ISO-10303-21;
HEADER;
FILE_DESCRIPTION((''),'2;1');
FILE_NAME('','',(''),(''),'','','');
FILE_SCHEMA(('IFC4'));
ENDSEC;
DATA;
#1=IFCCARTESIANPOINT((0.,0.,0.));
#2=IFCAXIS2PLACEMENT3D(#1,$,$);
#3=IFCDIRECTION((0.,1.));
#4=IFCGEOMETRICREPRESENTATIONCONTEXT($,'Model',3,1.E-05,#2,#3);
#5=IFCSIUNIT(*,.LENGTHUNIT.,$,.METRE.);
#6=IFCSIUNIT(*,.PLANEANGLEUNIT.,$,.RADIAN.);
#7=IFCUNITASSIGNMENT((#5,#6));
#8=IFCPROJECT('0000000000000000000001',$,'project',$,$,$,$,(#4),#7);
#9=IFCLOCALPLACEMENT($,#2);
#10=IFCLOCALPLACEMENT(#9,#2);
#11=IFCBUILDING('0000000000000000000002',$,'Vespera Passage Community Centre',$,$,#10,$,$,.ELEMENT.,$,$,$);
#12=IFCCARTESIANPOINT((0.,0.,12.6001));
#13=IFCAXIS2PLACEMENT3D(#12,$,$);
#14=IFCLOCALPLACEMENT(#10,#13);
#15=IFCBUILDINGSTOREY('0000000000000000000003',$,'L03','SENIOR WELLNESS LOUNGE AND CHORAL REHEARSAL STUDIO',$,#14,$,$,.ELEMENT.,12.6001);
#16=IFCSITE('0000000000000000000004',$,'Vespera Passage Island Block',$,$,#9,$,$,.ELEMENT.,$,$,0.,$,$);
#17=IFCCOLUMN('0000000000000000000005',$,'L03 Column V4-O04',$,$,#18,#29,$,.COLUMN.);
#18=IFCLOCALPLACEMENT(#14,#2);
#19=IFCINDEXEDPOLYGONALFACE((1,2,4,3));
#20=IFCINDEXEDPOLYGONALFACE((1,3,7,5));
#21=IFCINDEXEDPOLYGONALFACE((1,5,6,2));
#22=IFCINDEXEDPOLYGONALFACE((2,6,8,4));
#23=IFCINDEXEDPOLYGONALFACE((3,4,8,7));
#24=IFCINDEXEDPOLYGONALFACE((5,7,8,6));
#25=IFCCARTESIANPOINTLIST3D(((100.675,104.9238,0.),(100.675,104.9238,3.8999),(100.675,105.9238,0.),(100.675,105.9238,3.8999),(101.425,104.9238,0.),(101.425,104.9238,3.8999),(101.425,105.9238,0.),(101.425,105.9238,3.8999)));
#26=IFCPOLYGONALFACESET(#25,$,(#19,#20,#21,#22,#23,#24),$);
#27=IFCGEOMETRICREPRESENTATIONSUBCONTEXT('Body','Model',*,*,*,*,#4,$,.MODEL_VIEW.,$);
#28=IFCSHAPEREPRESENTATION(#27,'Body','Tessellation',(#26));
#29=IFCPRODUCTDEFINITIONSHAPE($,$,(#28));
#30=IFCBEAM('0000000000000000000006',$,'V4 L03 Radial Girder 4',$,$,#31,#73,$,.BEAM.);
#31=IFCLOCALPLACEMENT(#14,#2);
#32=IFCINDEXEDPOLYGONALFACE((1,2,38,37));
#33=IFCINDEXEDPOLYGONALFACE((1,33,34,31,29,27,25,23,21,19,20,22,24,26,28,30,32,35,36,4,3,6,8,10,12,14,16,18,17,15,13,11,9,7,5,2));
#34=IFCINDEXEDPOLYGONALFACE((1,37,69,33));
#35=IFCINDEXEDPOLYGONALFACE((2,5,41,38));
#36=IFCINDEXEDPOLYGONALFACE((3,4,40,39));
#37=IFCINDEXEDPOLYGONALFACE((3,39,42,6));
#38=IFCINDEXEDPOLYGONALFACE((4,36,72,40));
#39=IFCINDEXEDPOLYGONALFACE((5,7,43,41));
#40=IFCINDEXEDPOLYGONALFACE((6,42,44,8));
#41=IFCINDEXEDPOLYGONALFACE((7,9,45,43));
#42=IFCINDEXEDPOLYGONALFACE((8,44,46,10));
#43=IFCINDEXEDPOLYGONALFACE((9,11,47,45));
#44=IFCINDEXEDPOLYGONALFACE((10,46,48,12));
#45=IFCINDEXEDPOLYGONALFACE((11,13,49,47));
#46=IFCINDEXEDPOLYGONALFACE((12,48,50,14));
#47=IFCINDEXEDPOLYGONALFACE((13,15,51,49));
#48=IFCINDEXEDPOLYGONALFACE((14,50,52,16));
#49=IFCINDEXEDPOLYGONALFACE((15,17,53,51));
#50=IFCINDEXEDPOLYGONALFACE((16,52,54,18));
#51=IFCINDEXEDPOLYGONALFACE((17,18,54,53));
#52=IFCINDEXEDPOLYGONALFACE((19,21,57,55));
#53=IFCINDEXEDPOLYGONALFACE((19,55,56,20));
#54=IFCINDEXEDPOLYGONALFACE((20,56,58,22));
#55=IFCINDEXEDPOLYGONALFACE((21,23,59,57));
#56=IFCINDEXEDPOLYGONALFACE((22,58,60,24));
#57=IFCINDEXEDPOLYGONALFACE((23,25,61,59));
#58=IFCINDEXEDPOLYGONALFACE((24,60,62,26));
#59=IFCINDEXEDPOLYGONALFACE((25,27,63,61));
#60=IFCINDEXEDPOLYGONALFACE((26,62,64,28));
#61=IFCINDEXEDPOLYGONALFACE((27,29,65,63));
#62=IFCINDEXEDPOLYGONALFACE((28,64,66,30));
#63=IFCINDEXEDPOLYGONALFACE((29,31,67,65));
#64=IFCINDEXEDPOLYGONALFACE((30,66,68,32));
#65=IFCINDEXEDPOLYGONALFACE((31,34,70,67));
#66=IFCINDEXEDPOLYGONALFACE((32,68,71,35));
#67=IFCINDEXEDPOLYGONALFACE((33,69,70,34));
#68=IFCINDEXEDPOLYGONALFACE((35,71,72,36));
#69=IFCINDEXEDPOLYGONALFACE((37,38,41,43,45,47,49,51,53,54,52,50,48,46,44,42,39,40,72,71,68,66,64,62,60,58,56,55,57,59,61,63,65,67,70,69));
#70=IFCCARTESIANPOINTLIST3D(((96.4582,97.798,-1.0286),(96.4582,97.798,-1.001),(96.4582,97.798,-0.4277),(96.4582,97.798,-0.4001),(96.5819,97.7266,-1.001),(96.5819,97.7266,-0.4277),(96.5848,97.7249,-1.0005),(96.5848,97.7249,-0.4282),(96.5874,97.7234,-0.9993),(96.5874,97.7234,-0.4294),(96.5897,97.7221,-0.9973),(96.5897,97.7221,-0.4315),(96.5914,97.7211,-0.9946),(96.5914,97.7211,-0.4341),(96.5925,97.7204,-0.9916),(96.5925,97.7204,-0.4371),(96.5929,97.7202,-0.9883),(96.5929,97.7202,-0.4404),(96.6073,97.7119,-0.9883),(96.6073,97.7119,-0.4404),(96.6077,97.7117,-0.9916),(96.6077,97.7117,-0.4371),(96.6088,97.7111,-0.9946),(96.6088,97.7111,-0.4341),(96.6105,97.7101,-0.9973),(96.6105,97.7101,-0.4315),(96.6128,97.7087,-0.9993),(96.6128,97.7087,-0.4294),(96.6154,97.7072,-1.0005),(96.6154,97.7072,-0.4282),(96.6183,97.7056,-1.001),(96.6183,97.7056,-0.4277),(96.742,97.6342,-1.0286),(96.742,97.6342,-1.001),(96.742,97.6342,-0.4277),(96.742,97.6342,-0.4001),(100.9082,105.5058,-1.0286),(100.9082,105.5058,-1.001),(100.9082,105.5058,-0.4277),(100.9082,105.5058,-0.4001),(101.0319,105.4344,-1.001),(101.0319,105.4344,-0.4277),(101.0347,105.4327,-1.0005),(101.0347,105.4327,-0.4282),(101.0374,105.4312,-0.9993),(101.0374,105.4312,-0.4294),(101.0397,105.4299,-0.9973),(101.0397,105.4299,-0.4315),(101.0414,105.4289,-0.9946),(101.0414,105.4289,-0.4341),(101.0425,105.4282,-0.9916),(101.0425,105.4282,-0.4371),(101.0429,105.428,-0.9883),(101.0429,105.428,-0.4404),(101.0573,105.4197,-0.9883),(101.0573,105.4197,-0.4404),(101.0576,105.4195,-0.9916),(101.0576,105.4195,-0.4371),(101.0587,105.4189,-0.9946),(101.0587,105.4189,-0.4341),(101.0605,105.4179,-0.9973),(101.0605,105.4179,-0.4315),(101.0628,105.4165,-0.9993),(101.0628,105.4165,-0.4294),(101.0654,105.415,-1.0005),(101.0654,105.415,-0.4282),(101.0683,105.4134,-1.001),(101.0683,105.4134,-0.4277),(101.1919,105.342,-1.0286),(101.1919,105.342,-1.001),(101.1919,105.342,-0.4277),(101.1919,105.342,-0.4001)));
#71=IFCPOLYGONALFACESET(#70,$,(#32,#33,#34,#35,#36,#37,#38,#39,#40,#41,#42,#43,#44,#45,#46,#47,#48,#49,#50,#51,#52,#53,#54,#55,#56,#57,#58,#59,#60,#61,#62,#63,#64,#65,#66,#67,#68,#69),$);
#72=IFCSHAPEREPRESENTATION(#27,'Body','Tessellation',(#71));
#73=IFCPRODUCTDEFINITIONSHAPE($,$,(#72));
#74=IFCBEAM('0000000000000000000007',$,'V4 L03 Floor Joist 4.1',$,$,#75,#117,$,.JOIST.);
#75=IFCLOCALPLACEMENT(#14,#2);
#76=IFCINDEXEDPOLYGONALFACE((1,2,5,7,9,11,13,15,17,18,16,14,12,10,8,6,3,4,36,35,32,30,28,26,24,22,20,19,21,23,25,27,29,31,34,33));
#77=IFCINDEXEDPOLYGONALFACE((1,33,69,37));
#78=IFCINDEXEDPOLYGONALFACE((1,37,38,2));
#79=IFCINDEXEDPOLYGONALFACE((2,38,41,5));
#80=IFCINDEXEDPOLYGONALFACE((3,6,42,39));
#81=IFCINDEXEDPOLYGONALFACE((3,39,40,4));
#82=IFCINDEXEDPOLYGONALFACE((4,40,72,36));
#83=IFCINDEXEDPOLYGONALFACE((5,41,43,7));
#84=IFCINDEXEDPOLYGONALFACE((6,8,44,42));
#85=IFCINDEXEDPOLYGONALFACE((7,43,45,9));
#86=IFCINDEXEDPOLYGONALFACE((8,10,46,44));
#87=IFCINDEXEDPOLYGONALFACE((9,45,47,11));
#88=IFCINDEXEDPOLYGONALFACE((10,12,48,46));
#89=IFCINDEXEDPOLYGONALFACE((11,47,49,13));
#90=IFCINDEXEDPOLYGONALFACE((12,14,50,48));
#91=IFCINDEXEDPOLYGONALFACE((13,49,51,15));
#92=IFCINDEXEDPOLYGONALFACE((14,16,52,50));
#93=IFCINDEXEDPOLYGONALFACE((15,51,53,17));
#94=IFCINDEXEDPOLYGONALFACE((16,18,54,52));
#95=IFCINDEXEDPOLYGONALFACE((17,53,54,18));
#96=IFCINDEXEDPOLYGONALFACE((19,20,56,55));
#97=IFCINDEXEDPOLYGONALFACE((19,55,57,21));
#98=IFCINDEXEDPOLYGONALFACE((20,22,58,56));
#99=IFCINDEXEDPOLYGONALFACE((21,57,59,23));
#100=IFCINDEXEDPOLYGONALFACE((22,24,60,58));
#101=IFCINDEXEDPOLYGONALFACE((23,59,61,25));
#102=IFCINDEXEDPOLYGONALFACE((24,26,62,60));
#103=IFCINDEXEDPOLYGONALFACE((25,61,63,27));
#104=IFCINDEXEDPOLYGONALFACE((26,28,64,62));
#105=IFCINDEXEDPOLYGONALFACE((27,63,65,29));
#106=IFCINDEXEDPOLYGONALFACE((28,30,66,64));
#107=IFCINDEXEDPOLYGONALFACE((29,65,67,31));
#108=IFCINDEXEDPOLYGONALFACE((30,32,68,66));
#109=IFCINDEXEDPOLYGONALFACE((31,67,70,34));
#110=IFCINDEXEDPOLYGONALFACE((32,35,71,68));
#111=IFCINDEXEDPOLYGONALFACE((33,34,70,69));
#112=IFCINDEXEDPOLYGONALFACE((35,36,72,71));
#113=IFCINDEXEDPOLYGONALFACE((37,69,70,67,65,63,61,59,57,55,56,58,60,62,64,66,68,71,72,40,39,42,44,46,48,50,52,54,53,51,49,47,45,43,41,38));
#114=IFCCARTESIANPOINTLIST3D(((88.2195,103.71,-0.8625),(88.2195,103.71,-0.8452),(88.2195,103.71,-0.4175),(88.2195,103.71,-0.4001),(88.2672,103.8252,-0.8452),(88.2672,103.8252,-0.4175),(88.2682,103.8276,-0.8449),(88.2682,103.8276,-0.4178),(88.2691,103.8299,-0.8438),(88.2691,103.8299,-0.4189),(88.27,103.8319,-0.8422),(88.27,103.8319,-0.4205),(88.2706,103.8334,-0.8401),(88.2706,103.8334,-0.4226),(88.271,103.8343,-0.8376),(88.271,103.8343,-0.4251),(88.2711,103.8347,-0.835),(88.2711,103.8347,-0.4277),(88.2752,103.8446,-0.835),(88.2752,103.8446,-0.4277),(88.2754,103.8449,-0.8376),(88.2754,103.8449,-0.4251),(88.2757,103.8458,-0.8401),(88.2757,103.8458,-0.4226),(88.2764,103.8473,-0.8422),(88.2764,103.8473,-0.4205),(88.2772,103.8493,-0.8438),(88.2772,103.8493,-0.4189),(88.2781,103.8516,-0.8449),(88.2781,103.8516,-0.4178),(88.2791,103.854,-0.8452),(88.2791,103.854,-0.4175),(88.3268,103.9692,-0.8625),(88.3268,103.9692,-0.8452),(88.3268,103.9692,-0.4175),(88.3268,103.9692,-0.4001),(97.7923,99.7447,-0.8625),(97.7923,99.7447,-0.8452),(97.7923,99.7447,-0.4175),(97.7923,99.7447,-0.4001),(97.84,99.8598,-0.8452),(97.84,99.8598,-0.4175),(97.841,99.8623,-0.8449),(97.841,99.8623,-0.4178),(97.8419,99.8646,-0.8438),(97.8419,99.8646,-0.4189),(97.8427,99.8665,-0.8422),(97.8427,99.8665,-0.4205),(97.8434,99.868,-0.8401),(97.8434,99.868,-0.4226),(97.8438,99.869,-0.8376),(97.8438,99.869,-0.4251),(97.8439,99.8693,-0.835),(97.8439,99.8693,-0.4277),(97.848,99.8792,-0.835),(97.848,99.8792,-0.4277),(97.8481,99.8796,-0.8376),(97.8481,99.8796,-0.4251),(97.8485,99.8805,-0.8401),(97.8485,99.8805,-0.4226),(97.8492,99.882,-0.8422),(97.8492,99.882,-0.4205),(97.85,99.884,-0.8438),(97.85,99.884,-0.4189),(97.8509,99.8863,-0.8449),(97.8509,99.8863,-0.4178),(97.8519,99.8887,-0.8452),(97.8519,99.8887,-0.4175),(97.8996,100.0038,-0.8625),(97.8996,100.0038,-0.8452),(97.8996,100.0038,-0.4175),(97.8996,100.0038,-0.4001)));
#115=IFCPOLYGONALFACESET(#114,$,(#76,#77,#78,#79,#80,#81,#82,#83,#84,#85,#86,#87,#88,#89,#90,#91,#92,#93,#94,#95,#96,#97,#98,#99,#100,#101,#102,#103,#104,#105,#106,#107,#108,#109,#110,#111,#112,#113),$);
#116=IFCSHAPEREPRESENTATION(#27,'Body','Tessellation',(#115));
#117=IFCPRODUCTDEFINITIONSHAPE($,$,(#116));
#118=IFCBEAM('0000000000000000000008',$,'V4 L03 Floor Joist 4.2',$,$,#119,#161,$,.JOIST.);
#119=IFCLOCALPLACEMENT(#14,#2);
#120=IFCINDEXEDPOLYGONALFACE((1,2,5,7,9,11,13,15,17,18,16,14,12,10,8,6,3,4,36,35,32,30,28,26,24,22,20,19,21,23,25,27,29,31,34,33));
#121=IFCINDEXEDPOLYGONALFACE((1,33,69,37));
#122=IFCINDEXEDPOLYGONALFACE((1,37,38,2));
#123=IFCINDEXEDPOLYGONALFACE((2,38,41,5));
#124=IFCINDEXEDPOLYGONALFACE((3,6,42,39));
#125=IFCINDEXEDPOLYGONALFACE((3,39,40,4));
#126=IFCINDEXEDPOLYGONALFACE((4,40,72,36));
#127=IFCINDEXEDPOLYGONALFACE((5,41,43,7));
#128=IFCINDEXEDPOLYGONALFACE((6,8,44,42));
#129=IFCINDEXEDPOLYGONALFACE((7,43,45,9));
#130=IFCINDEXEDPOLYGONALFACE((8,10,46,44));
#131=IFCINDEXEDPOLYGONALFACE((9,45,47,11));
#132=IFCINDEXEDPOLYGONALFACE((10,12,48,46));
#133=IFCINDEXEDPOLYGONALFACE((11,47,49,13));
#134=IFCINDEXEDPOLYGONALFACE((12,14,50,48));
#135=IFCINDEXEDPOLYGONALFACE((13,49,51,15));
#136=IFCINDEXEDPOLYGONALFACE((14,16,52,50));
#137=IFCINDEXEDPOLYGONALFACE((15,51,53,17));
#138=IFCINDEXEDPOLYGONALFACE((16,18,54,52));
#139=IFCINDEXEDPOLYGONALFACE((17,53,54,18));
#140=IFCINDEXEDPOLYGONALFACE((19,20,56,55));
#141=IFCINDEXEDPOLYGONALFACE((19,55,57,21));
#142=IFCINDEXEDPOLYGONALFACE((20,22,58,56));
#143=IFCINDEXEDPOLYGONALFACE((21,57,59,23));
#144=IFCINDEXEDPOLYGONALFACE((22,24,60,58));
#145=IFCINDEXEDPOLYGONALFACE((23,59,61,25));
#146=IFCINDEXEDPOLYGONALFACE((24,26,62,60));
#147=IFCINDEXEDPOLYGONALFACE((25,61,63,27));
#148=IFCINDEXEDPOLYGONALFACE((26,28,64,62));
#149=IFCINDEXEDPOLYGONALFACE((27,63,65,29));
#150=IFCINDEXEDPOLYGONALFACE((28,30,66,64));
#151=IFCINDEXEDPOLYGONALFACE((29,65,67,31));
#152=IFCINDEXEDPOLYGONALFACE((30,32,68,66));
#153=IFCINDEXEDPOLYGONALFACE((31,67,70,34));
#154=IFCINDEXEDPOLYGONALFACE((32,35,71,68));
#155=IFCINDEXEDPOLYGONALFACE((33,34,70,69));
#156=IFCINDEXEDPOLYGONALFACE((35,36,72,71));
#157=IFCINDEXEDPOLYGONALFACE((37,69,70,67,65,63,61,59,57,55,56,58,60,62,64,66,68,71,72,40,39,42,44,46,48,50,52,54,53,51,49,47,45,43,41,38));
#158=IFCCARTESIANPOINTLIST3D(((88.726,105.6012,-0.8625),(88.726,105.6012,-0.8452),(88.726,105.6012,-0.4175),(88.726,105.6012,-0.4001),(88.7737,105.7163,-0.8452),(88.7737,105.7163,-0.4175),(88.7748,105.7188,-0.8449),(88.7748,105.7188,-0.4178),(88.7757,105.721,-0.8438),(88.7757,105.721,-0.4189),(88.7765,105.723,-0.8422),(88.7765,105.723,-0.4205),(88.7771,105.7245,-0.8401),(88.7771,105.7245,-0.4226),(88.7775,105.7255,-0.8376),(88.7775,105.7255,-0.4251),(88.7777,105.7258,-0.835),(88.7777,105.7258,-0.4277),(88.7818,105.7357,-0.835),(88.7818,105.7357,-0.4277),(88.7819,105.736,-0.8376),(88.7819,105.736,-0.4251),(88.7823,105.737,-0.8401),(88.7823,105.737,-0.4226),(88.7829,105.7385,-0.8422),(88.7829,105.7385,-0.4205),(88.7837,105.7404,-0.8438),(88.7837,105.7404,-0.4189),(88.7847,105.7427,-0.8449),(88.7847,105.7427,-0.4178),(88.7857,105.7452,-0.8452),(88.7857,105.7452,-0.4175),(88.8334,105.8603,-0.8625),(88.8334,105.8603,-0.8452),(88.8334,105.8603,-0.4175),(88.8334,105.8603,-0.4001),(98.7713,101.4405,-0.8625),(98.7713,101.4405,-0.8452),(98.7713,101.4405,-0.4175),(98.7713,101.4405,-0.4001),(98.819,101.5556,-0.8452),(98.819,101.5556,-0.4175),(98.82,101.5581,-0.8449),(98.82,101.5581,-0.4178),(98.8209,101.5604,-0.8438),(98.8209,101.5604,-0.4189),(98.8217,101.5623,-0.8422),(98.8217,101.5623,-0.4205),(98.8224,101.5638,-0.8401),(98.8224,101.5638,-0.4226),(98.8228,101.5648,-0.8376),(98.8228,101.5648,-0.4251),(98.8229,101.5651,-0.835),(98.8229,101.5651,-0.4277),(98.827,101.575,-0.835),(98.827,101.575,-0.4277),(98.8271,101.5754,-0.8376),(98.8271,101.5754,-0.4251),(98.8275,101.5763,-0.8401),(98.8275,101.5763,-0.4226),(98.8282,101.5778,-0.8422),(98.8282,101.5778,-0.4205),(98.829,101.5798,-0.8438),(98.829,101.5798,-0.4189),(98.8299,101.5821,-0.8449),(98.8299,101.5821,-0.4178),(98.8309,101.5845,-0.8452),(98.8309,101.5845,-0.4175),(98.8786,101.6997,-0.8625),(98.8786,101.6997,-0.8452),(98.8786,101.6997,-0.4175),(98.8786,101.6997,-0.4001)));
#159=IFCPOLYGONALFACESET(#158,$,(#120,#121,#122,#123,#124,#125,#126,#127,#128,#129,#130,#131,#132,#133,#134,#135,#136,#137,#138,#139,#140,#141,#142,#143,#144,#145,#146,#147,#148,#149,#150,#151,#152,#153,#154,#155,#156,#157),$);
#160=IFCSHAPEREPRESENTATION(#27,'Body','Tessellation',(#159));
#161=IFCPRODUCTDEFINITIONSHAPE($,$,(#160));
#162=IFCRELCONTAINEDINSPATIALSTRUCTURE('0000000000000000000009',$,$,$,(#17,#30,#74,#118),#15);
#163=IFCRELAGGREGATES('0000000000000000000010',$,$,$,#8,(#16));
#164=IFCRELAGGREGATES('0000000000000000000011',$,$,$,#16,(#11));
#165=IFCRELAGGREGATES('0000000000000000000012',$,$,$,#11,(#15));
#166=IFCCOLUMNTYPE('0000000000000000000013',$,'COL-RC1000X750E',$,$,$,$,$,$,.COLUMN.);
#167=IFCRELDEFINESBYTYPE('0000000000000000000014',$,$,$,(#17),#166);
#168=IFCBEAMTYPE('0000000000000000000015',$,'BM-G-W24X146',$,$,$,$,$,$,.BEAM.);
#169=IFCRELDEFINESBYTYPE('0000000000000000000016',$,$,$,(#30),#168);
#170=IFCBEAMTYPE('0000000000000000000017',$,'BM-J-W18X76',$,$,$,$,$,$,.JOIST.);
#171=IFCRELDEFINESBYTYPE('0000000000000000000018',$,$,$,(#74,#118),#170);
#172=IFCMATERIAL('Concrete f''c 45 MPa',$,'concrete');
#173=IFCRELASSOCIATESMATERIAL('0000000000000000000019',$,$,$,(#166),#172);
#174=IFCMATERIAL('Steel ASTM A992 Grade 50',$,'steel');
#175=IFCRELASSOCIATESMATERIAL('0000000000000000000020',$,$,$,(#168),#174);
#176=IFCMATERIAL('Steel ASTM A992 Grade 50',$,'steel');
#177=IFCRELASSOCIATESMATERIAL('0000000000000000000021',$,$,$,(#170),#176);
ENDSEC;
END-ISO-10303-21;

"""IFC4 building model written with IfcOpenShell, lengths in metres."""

from ifc_helpers import new_model, si_unit, direction, frame, origin, origin_2d, place, context, subcontext, project, spatial, rectangle, i_section, extrude, material, material_profile, profile_set, type_object, element, save


model = new_model("IFC4")

# Units and contexts
model_context = context("Model", 3, precision=1e-05, world=origin(), true_north=direction((0.0, 1.0)))
body_context = subcontext(model_context, "Body", "Model", "MODEL_VIEW")
ifc_project = project(units=[si_unit("LENGTHUNIT", "METRE"), si_unit("PLANEANGLEUNIT", "RADIAN")], contexts=[model_context])

# Site, building, storey
site_placement = place(None, origin())
site = spatial("IfcSite", under=ifc_project, at=site_placement, Name="Vespera Passage Island Block", CompositionType="ELEMENT", RefElevation=0.0)
building_placement = place(site_placement, origin())
building = spatial("IfcBuilding", under=site, at=building_placement, Name="Vespera Passage Community Centre", CompositionType="ELEMENT")
storey_placement = place(building_placement, frame((0.0, 0.0, 12.6001)))
storey = spatial("IfcBuildingStorey", under=building, at=storey_placement, Name="L03", Description="SENIOR WELLNESS LOUNGE AND CHORAL REHEARSAL STUDIO", CompositionType="ELEMENT", Elevation=12.6001)

# Column
ifc_material_1 = material(Name="Concrete f'c 45 MPa", Category="concrete")
ifc_material_profile_1 = material_profile(ifc_material_1, rectangle(XDim=0.75, YDim=1.0, at=origin_2d()), Name="RC1000X750")
ifc_profile_set_1 = profile_set([ifc_material_profile_1], Name="Concrete f'c 45 MPa")
column_type = type_object("IfcColumnType", Name="COL-RC1000X750E", PredefinedType="COLUMN", material=ifc_profile_set_1)
column_placement = place(storey_placement, frame((101.05, 105.4238, 0.0), z_axis=(0.0, 0.0, 1.0), x_axis=(1.0, 0.0, 0.0)))
element("IfcColumn", 1, at=column_placement, inside=storey, type_object=column_type, Name="L03 Column V4-O04", PredefinedType="COLUMN", context=body_context, shape_type="SweptSolid", body=[
    extrude(rectangle(XDim=0.75, YDim=1.0, at=origin_2d()), origin(), (0.0, 0.0, 1.0), 3.8999),
])

# Beams
ifc_material_2 = material(Name="Steel ASTM A992 Grade 50", Category="steel")
ifc_material_profile_2 = material_profile(ifc_material_2, i_section(OverallWidth=0.3276, OverallDepth=0.6284, WebThickness=0.0166, FlangeThickness=0.0276, FilletRadius=0.0127, at=origin_2d()), Name="W24X146")
ifc_profile_set_2 = profile_set([ifc_material_profile_2], Name="Steel ASTM A992 Grade 50")
beam_type_1 = type_object("IfcBeamType", Name="BM-G-W24X146", PredefinedType="BEAM", material=ifc_profile_set_2)
beam_1_placement = place(storey_placement, frame((96.6001, 97.7161, -0.7144), z_axis=(0.499989, 0.866032, 0.0), x_axis=(-0.866032, 0.499989, 0.0)))
element("IfcBeam", 2, at=beam_1_placement, inside=storey, type_object=beam_type_1, Name="V4 L03 Radial Girder 4", PredefinedType="BEAM", context=body_context, shape_type="SweptSolid", body=[
    extrude(i_section(OverallWidth=0.3276, OverallDepth=0.6284, WebThickness=0.0166, FlangeThickness=0.0276, FilletRadius=0.0127, at=origin_2d()), origin(), (0.0, 0.0, 1.0), 8.9001),
])
ifc_material_3 = material(Name="Steel ASTM A992 Grade 50", Category="steel")
ifc_material_profile_3 = material_profile(ifc_material_3, i_section(OverallWidth=0.2805, OverallDepth=0.4624, WebThickness=0.0107, FlangeThickness=0.0173, FilletRadius=0.0103, at=origin_2d()), Name="W18X76")
ifc_profile_set_3 = profile_set([ifc_material_profile_3], Name="Steel ASTM A992 Grade 50")
beam_type_2 = type_object("IfcBeamType", Name="BM-J-W18X76", PredefinedType="JOIST", material=ifc_profile_set_3)
beam_2_placement = place(storey_placement, frame((97.8459, 99.8743, -0.6313), z_axis=(-0.923874, 0.382697, 0.0), x_axis=(-0.382697, -0.923874, 0.0)))
element("IfcBeam", 3, at=beam_2_placement, inside=storey, type_object=beam_type_2, Name="V4 L03 Floor Joist 4.1", PredefinedType="JOIST", context=body_context, shape_type="SweptSolid", body=[
    extrude(i_section(OverallWidth=0.2805, OverallDepth=0.4624, WebThickness=0.0107, FlangeThickness=0.0173, FilletRadius=0.0103, at=origin_2d()), origin(), (0.0, 0.0, 1.0), 10.3616),
])
beam_3_placement = place(storey_placement, frame((98.825, 101.5701, -0.6313), z_axis=(-0.923886, 0.382668, 0.0), x_axis=(-0.382668, -0.923886, 0.0)))
element("IfcBeam", 4, at=beam_3_placement, inside=storey, type_object=beam_type_2, Name="V4 L03 Floor Joist 4.2", PredefinedType="JOIST", context=body_context, shape_type="SweptSolid", body=[
    extrude(i_section(OverallWidth=0.2805, OverallDepth=0.4624, WebThickness=0.0107, FlangeThickness=0.0173, FilletRadius=0.0103, at=origin_2d()), origin(), (0.0, 0.0, 1.0), 10.8728),
])

save(model, "model.ifc")
